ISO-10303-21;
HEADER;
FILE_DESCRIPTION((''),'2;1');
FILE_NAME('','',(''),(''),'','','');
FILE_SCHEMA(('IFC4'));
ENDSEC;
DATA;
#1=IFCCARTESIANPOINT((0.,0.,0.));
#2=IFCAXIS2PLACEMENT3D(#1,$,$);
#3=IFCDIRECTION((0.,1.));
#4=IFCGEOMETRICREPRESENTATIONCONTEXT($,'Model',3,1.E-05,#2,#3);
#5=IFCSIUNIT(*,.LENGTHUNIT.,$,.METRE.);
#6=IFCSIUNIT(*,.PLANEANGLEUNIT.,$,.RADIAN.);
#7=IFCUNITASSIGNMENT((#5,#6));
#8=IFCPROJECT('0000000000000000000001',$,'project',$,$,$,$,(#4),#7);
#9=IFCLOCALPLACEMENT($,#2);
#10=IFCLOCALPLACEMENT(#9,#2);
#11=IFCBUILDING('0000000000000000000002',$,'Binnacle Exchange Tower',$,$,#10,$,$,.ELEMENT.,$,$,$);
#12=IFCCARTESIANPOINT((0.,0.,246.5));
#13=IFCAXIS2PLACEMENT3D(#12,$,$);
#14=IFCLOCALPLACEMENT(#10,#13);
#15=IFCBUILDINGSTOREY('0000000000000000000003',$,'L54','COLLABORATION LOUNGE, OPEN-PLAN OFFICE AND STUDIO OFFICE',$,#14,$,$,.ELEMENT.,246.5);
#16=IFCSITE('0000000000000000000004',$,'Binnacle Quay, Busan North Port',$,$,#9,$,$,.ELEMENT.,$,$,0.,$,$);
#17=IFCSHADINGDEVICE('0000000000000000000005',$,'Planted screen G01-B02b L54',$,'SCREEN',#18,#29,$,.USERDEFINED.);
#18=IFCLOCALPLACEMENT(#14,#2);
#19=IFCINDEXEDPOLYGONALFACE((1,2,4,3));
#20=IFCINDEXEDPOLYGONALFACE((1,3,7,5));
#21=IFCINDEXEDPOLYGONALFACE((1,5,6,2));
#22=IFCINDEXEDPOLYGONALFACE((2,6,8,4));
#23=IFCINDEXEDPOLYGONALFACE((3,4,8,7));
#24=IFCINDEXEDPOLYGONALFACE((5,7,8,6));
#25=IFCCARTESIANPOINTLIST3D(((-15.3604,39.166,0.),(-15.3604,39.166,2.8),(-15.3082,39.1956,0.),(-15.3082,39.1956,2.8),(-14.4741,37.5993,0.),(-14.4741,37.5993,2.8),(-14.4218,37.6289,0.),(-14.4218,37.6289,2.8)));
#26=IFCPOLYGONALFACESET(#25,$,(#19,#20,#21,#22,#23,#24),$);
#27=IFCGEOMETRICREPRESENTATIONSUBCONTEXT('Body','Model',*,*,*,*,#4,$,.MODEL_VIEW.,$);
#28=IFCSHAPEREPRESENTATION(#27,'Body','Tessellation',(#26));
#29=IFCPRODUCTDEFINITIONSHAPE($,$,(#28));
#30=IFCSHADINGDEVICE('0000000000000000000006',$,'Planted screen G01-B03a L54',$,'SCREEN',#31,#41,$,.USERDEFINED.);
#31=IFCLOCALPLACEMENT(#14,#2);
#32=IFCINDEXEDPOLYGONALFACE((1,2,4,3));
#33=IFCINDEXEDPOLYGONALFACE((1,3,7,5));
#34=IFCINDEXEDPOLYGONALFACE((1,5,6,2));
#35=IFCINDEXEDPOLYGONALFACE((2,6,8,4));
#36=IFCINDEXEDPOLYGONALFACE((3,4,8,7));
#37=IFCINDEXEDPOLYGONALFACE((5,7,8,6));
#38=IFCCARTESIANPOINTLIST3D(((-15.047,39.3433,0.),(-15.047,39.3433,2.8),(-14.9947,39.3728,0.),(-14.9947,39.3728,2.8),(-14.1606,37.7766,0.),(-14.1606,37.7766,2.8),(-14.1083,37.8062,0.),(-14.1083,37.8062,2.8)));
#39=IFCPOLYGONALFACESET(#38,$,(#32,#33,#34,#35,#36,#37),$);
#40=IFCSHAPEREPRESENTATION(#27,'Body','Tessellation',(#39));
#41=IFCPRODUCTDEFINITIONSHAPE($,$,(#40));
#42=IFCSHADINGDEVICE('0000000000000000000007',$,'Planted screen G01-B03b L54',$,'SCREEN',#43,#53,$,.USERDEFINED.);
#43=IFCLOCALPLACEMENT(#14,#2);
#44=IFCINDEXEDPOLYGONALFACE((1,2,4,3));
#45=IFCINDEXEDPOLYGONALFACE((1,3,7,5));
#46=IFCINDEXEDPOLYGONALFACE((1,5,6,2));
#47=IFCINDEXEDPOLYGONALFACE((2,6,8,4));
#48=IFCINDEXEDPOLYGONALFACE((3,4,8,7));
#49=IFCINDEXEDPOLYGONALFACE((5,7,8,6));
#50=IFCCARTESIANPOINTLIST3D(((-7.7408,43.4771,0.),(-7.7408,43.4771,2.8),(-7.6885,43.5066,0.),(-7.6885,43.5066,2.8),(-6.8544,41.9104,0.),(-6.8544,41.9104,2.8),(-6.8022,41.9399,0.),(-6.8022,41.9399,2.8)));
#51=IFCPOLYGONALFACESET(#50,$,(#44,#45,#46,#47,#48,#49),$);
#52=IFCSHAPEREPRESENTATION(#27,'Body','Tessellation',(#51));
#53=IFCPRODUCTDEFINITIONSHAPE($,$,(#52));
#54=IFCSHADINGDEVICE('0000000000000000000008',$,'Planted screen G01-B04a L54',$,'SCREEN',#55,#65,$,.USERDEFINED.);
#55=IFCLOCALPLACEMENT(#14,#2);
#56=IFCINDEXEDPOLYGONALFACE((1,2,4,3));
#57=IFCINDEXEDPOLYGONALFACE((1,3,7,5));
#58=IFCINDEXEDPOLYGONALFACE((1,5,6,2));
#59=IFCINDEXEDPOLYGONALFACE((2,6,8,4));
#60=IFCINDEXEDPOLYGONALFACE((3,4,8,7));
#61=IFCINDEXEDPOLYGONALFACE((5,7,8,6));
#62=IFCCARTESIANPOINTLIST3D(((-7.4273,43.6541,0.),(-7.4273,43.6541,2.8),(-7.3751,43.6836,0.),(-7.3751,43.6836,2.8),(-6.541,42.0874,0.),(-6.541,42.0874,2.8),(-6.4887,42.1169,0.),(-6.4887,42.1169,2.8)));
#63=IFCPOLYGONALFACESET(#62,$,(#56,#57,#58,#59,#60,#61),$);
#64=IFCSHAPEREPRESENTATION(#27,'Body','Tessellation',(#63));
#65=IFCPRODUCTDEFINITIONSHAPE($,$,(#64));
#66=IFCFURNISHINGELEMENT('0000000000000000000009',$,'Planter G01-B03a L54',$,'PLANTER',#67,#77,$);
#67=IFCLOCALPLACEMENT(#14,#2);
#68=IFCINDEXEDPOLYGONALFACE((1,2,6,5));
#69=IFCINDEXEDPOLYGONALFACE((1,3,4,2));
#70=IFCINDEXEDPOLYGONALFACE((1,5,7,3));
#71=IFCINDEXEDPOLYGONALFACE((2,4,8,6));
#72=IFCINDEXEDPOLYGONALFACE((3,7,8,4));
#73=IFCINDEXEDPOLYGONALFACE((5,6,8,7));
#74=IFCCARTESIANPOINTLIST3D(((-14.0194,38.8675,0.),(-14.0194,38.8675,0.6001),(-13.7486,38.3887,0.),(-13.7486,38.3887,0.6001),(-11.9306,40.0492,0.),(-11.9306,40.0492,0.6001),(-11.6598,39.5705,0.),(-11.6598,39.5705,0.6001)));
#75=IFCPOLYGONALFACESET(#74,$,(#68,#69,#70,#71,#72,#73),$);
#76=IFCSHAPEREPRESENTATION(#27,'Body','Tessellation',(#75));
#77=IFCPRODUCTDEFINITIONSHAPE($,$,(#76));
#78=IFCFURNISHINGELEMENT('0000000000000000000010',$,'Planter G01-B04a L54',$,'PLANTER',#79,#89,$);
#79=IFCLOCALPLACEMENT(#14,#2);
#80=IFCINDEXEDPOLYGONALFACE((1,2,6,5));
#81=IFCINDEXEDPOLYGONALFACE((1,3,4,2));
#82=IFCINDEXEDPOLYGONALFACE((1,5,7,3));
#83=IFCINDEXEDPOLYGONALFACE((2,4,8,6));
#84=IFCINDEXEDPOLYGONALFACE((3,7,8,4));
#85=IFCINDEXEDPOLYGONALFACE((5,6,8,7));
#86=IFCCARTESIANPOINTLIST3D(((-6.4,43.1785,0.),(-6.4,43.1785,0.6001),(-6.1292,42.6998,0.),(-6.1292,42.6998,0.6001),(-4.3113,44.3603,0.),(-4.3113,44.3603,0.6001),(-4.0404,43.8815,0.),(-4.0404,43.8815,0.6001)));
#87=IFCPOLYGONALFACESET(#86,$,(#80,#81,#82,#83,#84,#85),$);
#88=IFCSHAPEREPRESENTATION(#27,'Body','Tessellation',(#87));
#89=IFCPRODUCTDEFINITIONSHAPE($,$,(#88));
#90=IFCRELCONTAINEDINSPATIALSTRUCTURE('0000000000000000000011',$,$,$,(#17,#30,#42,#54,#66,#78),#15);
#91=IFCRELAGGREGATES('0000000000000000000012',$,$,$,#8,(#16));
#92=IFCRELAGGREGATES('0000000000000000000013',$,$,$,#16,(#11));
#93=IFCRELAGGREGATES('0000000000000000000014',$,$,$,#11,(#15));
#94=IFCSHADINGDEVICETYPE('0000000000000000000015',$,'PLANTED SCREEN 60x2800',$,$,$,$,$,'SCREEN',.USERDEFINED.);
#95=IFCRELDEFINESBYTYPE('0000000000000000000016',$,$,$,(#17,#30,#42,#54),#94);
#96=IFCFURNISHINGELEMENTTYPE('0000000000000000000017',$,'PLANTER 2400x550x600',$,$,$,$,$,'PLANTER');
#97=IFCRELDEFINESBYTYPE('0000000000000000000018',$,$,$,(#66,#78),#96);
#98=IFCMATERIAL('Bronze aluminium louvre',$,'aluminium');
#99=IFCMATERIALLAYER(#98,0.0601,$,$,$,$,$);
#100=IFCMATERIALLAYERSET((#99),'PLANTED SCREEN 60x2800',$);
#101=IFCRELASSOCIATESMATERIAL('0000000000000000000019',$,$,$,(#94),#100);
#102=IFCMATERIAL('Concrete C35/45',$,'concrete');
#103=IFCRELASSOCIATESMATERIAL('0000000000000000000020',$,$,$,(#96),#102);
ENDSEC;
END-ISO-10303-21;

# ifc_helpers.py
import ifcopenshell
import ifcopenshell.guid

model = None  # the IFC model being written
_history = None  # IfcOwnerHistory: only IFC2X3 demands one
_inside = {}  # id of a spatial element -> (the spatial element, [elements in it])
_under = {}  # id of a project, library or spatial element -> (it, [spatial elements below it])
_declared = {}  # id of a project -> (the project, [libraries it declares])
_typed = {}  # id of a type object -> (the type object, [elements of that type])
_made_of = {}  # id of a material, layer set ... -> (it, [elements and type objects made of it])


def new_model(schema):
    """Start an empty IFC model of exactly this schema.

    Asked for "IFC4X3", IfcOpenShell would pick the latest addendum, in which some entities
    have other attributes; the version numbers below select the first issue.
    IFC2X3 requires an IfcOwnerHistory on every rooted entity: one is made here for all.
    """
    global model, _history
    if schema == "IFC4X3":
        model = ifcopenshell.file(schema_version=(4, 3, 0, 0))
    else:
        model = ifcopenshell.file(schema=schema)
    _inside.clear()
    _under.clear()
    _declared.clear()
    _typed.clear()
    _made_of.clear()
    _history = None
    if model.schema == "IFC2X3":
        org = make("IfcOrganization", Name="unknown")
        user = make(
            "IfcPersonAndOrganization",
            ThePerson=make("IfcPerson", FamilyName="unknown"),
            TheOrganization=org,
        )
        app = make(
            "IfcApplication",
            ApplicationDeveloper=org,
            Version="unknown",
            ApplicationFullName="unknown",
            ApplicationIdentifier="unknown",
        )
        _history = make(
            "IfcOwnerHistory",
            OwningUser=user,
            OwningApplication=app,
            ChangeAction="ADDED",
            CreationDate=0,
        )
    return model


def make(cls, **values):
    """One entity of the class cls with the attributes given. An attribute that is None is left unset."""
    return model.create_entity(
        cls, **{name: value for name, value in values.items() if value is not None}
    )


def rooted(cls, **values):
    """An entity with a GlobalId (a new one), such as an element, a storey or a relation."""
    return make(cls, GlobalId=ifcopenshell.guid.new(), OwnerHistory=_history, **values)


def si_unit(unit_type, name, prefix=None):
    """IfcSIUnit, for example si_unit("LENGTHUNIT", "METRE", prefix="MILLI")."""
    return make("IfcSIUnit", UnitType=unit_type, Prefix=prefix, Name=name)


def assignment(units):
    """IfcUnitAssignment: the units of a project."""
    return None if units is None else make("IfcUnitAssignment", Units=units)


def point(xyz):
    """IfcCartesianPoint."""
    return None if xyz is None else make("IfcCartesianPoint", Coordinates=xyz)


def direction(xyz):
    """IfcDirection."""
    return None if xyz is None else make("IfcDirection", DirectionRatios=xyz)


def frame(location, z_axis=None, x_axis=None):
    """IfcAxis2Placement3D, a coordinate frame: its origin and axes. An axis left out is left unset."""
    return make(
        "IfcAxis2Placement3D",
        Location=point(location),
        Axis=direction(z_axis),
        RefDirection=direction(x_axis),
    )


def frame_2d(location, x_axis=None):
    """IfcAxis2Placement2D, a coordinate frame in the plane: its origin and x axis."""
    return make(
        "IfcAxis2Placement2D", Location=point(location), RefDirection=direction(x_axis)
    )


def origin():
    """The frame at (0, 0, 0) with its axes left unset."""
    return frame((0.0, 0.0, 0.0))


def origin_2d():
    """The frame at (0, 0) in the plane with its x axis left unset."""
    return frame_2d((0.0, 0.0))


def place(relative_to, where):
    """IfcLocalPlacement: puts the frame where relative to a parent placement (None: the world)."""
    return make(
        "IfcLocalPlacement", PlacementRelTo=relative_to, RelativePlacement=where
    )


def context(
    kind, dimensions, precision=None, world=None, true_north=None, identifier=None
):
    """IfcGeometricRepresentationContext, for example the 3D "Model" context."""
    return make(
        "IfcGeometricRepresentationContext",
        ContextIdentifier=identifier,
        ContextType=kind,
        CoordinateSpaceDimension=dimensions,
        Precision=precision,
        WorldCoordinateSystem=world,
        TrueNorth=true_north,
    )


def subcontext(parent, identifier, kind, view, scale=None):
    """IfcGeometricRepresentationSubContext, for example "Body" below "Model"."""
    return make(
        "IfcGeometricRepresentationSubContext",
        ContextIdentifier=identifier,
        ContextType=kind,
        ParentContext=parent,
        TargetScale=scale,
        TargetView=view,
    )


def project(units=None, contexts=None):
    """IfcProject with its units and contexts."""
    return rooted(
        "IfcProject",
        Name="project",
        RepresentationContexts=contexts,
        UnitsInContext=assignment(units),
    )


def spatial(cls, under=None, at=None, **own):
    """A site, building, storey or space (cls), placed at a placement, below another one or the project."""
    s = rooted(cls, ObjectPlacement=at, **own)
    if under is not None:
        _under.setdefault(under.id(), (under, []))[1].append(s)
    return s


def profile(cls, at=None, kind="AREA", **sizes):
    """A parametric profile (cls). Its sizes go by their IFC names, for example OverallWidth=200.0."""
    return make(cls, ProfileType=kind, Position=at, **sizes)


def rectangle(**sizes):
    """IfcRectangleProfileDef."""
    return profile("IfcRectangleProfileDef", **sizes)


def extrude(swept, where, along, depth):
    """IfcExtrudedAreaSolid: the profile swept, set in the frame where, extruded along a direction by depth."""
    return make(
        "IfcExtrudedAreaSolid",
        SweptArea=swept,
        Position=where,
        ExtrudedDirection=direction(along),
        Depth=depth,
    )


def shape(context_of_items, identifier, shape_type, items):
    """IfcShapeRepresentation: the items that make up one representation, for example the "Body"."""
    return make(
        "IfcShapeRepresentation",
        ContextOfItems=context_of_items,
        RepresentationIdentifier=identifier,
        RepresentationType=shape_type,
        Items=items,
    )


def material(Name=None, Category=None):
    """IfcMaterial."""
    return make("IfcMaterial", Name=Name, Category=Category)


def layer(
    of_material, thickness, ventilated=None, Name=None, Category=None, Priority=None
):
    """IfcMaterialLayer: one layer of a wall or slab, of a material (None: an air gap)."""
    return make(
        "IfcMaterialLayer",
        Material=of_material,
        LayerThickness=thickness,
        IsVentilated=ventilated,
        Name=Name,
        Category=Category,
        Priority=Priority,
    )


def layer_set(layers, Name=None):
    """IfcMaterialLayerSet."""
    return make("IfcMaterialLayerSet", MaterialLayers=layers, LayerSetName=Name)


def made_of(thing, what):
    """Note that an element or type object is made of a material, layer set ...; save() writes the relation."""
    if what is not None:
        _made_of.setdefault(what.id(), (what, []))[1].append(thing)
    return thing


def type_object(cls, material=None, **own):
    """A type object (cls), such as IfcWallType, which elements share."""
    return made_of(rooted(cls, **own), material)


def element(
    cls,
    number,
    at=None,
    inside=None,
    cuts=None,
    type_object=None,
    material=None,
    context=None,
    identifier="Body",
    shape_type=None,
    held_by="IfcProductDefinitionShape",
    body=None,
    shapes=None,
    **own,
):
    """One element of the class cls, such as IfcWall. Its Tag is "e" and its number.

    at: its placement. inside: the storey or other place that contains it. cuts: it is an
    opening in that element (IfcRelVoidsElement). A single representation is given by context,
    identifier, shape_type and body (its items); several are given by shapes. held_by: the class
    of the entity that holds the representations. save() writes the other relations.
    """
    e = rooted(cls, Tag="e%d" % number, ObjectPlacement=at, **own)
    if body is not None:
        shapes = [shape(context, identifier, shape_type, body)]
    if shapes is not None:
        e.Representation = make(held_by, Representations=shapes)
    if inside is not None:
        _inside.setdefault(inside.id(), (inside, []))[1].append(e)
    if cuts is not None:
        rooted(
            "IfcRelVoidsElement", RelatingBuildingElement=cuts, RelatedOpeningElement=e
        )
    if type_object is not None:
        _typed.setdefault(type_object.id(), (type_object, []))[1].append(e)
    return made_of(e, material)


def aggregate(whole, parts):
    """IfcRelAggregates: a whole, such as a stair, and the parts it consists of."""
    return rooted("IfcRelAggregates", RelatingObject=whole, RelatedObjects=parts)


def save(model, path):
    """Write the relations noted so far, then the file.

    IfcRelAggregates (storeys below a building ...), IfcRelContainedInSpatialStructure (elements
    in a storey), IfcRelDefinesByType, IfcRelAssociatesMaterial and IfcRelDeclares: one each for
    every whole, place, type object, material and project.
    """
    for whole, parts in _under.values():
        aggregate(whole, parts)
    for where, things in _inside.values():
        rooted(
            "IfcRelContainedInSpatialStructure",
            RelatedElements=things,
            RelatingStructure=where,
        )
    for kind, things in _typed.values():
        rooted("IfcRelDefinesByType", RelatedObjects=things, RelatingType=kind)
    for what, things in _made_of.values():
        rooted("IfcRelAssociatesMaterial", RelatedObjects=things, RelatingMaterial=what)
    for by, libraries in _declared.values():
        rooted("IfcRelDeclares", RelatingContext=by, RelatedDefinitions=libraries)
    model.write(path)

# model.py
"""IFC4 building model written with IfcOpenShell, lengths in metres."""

from ifc_helpers import new_model, si_unit, direction, frame, origin, origin_2d, place, context, subcontext, project, spatial, rectangle, extrude, material, layer, layer_set, type_object, element, save


model = new_model("IFC4")

# Units and contexts
model_context = context("Model", 3, precision=1e-05, world=origin(), true_north=direction((0.0, 1.0)))
body_context = subcontext(model_context, "Body", "Model", "MODEL_VIEW")
ifc_project = project(units=[si_unit("LENGTHUNIT", "METRE"), si_unit("PLANEANGLEUNIT", "RADIAN")], contexts=[model_context])

# Site, building, storey
site_placement = place(None, origin())
site = spatial("IfcSite", under=ifc_project, at=site_placement, Name="Binnacle Quay, Busan North Port", CompositionType="ELEMENT", RefElevation=0.0)
building_placement = place(site_placement, origin())
building = spatial("IfcBuilding", under=site, at=building_placement, Name="Binnacle Exchange Tower", CompositionType="ELEMENT")
storey_placement = place(building_placement, frame((0.0, 0.0, 246.5)))
storey = spatial("IfcBuildingStorey", under=building, at=storey_placement, Name="L54", Description="COLLABORATION LOUNGE, OPEN-PLAN OFFICE AND STUDIO OFFICE", CompositionType="ELEMENT", Elevation=246.5)

# Shading devices
ifc_material_1 = material(Name="Bronze aluminium louvre", Category="aluminium")
ifc_layer_1 = layer(ifc_material_1, 0.0601)
ifc_layer_set_1 = layer_set([ifc_layer_1], Name="PLANTED SCREEN 60x2800")
shading_device_type = type_object("IfcShadingDeviceType", Name="PLANTED SCREEN 60x2800", ElementType="SCREEN", PredefinedType="USERDEFINED", material=ifc_layer_set_1)
for number, where, z_axis, x_axis, name in (
    (1, (-14.8911, 38.3975, 0.0), (0.0, 0.0, 1.0), (0.870356, 0.492424, 0.0), "Planted screen G01-B02b L54"),
    (2, (-14.5776, 38.5747, 0.0), (0.0, 0.0, 1.0), (0.870356, 0.492424, 0.0), "Planted screen G01-B03a L54"),
    (3, (-7.2715, 42.7085, 0.0), (0.0, 0.0, 1.0), (0.870356, 0.492424, 0.0), "Planted screen G01-B03b L54"),
    (4, (-6.958, 42.8855, 0.0), (0.0, 0.0, 1.0), (0.870356, 0.492424, 0.0), "Planted screen G01-B04a L54"),
):
    element("IfcShadingDevice", number, at=place(storey_placement, frame(where, z_axis=z_axis, x_axis=x_axis)), inside=storey, type_object=shading_device_type, Name=name, ObjectType="SCREEN", PredefinedType="USERDEFINED", context=body_context, shape_type="SweptSolid", body=[
        extrude(rectangle(XDim=0.0601, YDim=1.8, at=origin_2d()), origin(), (0.0, 0.0, 1.0), 2.8),
    ])

# Furnishing elements
ifc_material_2 = material(Name="Concrete C35/45", Category="concrete")
furnishing_element_type = type_object("IfcFurnishingElementType", Name="PLANTER 2400x550x600", ElementType="PLANTER", material=ifc_material_2)
for number, where, z_axis, x_axis, name in (
    (5, (-12.8396, 39.219, 0.0), (0.0, 0.0, 1.0), (0.870356, 0.492424, 0.0), "Planter G01-B03a L54"),
    (6, (-5.2202, 43.53, 0.0), (0.0, 0.0, 1.0), (0.870356, 0.492424, 0.0), "Planter G01-B04a L54"),
):
    element("IfcFurnishingElement", number, at=place(storey_placement, frame(where, z_axis=z_axis, x_axis=x_axis)), inside=storey, type_object=furnishing_element_type, Name=name, ObjectType="PLANTER", context=body_context, shape_type="SweptSolid", body=[
        extrude(rectangle(XDim=2.3999, YDim=0.55, at=origin_2d()), origin(), (0.0, 0.0, 1.0), 0.6001),
    ])

save(model, "model.ifc")
